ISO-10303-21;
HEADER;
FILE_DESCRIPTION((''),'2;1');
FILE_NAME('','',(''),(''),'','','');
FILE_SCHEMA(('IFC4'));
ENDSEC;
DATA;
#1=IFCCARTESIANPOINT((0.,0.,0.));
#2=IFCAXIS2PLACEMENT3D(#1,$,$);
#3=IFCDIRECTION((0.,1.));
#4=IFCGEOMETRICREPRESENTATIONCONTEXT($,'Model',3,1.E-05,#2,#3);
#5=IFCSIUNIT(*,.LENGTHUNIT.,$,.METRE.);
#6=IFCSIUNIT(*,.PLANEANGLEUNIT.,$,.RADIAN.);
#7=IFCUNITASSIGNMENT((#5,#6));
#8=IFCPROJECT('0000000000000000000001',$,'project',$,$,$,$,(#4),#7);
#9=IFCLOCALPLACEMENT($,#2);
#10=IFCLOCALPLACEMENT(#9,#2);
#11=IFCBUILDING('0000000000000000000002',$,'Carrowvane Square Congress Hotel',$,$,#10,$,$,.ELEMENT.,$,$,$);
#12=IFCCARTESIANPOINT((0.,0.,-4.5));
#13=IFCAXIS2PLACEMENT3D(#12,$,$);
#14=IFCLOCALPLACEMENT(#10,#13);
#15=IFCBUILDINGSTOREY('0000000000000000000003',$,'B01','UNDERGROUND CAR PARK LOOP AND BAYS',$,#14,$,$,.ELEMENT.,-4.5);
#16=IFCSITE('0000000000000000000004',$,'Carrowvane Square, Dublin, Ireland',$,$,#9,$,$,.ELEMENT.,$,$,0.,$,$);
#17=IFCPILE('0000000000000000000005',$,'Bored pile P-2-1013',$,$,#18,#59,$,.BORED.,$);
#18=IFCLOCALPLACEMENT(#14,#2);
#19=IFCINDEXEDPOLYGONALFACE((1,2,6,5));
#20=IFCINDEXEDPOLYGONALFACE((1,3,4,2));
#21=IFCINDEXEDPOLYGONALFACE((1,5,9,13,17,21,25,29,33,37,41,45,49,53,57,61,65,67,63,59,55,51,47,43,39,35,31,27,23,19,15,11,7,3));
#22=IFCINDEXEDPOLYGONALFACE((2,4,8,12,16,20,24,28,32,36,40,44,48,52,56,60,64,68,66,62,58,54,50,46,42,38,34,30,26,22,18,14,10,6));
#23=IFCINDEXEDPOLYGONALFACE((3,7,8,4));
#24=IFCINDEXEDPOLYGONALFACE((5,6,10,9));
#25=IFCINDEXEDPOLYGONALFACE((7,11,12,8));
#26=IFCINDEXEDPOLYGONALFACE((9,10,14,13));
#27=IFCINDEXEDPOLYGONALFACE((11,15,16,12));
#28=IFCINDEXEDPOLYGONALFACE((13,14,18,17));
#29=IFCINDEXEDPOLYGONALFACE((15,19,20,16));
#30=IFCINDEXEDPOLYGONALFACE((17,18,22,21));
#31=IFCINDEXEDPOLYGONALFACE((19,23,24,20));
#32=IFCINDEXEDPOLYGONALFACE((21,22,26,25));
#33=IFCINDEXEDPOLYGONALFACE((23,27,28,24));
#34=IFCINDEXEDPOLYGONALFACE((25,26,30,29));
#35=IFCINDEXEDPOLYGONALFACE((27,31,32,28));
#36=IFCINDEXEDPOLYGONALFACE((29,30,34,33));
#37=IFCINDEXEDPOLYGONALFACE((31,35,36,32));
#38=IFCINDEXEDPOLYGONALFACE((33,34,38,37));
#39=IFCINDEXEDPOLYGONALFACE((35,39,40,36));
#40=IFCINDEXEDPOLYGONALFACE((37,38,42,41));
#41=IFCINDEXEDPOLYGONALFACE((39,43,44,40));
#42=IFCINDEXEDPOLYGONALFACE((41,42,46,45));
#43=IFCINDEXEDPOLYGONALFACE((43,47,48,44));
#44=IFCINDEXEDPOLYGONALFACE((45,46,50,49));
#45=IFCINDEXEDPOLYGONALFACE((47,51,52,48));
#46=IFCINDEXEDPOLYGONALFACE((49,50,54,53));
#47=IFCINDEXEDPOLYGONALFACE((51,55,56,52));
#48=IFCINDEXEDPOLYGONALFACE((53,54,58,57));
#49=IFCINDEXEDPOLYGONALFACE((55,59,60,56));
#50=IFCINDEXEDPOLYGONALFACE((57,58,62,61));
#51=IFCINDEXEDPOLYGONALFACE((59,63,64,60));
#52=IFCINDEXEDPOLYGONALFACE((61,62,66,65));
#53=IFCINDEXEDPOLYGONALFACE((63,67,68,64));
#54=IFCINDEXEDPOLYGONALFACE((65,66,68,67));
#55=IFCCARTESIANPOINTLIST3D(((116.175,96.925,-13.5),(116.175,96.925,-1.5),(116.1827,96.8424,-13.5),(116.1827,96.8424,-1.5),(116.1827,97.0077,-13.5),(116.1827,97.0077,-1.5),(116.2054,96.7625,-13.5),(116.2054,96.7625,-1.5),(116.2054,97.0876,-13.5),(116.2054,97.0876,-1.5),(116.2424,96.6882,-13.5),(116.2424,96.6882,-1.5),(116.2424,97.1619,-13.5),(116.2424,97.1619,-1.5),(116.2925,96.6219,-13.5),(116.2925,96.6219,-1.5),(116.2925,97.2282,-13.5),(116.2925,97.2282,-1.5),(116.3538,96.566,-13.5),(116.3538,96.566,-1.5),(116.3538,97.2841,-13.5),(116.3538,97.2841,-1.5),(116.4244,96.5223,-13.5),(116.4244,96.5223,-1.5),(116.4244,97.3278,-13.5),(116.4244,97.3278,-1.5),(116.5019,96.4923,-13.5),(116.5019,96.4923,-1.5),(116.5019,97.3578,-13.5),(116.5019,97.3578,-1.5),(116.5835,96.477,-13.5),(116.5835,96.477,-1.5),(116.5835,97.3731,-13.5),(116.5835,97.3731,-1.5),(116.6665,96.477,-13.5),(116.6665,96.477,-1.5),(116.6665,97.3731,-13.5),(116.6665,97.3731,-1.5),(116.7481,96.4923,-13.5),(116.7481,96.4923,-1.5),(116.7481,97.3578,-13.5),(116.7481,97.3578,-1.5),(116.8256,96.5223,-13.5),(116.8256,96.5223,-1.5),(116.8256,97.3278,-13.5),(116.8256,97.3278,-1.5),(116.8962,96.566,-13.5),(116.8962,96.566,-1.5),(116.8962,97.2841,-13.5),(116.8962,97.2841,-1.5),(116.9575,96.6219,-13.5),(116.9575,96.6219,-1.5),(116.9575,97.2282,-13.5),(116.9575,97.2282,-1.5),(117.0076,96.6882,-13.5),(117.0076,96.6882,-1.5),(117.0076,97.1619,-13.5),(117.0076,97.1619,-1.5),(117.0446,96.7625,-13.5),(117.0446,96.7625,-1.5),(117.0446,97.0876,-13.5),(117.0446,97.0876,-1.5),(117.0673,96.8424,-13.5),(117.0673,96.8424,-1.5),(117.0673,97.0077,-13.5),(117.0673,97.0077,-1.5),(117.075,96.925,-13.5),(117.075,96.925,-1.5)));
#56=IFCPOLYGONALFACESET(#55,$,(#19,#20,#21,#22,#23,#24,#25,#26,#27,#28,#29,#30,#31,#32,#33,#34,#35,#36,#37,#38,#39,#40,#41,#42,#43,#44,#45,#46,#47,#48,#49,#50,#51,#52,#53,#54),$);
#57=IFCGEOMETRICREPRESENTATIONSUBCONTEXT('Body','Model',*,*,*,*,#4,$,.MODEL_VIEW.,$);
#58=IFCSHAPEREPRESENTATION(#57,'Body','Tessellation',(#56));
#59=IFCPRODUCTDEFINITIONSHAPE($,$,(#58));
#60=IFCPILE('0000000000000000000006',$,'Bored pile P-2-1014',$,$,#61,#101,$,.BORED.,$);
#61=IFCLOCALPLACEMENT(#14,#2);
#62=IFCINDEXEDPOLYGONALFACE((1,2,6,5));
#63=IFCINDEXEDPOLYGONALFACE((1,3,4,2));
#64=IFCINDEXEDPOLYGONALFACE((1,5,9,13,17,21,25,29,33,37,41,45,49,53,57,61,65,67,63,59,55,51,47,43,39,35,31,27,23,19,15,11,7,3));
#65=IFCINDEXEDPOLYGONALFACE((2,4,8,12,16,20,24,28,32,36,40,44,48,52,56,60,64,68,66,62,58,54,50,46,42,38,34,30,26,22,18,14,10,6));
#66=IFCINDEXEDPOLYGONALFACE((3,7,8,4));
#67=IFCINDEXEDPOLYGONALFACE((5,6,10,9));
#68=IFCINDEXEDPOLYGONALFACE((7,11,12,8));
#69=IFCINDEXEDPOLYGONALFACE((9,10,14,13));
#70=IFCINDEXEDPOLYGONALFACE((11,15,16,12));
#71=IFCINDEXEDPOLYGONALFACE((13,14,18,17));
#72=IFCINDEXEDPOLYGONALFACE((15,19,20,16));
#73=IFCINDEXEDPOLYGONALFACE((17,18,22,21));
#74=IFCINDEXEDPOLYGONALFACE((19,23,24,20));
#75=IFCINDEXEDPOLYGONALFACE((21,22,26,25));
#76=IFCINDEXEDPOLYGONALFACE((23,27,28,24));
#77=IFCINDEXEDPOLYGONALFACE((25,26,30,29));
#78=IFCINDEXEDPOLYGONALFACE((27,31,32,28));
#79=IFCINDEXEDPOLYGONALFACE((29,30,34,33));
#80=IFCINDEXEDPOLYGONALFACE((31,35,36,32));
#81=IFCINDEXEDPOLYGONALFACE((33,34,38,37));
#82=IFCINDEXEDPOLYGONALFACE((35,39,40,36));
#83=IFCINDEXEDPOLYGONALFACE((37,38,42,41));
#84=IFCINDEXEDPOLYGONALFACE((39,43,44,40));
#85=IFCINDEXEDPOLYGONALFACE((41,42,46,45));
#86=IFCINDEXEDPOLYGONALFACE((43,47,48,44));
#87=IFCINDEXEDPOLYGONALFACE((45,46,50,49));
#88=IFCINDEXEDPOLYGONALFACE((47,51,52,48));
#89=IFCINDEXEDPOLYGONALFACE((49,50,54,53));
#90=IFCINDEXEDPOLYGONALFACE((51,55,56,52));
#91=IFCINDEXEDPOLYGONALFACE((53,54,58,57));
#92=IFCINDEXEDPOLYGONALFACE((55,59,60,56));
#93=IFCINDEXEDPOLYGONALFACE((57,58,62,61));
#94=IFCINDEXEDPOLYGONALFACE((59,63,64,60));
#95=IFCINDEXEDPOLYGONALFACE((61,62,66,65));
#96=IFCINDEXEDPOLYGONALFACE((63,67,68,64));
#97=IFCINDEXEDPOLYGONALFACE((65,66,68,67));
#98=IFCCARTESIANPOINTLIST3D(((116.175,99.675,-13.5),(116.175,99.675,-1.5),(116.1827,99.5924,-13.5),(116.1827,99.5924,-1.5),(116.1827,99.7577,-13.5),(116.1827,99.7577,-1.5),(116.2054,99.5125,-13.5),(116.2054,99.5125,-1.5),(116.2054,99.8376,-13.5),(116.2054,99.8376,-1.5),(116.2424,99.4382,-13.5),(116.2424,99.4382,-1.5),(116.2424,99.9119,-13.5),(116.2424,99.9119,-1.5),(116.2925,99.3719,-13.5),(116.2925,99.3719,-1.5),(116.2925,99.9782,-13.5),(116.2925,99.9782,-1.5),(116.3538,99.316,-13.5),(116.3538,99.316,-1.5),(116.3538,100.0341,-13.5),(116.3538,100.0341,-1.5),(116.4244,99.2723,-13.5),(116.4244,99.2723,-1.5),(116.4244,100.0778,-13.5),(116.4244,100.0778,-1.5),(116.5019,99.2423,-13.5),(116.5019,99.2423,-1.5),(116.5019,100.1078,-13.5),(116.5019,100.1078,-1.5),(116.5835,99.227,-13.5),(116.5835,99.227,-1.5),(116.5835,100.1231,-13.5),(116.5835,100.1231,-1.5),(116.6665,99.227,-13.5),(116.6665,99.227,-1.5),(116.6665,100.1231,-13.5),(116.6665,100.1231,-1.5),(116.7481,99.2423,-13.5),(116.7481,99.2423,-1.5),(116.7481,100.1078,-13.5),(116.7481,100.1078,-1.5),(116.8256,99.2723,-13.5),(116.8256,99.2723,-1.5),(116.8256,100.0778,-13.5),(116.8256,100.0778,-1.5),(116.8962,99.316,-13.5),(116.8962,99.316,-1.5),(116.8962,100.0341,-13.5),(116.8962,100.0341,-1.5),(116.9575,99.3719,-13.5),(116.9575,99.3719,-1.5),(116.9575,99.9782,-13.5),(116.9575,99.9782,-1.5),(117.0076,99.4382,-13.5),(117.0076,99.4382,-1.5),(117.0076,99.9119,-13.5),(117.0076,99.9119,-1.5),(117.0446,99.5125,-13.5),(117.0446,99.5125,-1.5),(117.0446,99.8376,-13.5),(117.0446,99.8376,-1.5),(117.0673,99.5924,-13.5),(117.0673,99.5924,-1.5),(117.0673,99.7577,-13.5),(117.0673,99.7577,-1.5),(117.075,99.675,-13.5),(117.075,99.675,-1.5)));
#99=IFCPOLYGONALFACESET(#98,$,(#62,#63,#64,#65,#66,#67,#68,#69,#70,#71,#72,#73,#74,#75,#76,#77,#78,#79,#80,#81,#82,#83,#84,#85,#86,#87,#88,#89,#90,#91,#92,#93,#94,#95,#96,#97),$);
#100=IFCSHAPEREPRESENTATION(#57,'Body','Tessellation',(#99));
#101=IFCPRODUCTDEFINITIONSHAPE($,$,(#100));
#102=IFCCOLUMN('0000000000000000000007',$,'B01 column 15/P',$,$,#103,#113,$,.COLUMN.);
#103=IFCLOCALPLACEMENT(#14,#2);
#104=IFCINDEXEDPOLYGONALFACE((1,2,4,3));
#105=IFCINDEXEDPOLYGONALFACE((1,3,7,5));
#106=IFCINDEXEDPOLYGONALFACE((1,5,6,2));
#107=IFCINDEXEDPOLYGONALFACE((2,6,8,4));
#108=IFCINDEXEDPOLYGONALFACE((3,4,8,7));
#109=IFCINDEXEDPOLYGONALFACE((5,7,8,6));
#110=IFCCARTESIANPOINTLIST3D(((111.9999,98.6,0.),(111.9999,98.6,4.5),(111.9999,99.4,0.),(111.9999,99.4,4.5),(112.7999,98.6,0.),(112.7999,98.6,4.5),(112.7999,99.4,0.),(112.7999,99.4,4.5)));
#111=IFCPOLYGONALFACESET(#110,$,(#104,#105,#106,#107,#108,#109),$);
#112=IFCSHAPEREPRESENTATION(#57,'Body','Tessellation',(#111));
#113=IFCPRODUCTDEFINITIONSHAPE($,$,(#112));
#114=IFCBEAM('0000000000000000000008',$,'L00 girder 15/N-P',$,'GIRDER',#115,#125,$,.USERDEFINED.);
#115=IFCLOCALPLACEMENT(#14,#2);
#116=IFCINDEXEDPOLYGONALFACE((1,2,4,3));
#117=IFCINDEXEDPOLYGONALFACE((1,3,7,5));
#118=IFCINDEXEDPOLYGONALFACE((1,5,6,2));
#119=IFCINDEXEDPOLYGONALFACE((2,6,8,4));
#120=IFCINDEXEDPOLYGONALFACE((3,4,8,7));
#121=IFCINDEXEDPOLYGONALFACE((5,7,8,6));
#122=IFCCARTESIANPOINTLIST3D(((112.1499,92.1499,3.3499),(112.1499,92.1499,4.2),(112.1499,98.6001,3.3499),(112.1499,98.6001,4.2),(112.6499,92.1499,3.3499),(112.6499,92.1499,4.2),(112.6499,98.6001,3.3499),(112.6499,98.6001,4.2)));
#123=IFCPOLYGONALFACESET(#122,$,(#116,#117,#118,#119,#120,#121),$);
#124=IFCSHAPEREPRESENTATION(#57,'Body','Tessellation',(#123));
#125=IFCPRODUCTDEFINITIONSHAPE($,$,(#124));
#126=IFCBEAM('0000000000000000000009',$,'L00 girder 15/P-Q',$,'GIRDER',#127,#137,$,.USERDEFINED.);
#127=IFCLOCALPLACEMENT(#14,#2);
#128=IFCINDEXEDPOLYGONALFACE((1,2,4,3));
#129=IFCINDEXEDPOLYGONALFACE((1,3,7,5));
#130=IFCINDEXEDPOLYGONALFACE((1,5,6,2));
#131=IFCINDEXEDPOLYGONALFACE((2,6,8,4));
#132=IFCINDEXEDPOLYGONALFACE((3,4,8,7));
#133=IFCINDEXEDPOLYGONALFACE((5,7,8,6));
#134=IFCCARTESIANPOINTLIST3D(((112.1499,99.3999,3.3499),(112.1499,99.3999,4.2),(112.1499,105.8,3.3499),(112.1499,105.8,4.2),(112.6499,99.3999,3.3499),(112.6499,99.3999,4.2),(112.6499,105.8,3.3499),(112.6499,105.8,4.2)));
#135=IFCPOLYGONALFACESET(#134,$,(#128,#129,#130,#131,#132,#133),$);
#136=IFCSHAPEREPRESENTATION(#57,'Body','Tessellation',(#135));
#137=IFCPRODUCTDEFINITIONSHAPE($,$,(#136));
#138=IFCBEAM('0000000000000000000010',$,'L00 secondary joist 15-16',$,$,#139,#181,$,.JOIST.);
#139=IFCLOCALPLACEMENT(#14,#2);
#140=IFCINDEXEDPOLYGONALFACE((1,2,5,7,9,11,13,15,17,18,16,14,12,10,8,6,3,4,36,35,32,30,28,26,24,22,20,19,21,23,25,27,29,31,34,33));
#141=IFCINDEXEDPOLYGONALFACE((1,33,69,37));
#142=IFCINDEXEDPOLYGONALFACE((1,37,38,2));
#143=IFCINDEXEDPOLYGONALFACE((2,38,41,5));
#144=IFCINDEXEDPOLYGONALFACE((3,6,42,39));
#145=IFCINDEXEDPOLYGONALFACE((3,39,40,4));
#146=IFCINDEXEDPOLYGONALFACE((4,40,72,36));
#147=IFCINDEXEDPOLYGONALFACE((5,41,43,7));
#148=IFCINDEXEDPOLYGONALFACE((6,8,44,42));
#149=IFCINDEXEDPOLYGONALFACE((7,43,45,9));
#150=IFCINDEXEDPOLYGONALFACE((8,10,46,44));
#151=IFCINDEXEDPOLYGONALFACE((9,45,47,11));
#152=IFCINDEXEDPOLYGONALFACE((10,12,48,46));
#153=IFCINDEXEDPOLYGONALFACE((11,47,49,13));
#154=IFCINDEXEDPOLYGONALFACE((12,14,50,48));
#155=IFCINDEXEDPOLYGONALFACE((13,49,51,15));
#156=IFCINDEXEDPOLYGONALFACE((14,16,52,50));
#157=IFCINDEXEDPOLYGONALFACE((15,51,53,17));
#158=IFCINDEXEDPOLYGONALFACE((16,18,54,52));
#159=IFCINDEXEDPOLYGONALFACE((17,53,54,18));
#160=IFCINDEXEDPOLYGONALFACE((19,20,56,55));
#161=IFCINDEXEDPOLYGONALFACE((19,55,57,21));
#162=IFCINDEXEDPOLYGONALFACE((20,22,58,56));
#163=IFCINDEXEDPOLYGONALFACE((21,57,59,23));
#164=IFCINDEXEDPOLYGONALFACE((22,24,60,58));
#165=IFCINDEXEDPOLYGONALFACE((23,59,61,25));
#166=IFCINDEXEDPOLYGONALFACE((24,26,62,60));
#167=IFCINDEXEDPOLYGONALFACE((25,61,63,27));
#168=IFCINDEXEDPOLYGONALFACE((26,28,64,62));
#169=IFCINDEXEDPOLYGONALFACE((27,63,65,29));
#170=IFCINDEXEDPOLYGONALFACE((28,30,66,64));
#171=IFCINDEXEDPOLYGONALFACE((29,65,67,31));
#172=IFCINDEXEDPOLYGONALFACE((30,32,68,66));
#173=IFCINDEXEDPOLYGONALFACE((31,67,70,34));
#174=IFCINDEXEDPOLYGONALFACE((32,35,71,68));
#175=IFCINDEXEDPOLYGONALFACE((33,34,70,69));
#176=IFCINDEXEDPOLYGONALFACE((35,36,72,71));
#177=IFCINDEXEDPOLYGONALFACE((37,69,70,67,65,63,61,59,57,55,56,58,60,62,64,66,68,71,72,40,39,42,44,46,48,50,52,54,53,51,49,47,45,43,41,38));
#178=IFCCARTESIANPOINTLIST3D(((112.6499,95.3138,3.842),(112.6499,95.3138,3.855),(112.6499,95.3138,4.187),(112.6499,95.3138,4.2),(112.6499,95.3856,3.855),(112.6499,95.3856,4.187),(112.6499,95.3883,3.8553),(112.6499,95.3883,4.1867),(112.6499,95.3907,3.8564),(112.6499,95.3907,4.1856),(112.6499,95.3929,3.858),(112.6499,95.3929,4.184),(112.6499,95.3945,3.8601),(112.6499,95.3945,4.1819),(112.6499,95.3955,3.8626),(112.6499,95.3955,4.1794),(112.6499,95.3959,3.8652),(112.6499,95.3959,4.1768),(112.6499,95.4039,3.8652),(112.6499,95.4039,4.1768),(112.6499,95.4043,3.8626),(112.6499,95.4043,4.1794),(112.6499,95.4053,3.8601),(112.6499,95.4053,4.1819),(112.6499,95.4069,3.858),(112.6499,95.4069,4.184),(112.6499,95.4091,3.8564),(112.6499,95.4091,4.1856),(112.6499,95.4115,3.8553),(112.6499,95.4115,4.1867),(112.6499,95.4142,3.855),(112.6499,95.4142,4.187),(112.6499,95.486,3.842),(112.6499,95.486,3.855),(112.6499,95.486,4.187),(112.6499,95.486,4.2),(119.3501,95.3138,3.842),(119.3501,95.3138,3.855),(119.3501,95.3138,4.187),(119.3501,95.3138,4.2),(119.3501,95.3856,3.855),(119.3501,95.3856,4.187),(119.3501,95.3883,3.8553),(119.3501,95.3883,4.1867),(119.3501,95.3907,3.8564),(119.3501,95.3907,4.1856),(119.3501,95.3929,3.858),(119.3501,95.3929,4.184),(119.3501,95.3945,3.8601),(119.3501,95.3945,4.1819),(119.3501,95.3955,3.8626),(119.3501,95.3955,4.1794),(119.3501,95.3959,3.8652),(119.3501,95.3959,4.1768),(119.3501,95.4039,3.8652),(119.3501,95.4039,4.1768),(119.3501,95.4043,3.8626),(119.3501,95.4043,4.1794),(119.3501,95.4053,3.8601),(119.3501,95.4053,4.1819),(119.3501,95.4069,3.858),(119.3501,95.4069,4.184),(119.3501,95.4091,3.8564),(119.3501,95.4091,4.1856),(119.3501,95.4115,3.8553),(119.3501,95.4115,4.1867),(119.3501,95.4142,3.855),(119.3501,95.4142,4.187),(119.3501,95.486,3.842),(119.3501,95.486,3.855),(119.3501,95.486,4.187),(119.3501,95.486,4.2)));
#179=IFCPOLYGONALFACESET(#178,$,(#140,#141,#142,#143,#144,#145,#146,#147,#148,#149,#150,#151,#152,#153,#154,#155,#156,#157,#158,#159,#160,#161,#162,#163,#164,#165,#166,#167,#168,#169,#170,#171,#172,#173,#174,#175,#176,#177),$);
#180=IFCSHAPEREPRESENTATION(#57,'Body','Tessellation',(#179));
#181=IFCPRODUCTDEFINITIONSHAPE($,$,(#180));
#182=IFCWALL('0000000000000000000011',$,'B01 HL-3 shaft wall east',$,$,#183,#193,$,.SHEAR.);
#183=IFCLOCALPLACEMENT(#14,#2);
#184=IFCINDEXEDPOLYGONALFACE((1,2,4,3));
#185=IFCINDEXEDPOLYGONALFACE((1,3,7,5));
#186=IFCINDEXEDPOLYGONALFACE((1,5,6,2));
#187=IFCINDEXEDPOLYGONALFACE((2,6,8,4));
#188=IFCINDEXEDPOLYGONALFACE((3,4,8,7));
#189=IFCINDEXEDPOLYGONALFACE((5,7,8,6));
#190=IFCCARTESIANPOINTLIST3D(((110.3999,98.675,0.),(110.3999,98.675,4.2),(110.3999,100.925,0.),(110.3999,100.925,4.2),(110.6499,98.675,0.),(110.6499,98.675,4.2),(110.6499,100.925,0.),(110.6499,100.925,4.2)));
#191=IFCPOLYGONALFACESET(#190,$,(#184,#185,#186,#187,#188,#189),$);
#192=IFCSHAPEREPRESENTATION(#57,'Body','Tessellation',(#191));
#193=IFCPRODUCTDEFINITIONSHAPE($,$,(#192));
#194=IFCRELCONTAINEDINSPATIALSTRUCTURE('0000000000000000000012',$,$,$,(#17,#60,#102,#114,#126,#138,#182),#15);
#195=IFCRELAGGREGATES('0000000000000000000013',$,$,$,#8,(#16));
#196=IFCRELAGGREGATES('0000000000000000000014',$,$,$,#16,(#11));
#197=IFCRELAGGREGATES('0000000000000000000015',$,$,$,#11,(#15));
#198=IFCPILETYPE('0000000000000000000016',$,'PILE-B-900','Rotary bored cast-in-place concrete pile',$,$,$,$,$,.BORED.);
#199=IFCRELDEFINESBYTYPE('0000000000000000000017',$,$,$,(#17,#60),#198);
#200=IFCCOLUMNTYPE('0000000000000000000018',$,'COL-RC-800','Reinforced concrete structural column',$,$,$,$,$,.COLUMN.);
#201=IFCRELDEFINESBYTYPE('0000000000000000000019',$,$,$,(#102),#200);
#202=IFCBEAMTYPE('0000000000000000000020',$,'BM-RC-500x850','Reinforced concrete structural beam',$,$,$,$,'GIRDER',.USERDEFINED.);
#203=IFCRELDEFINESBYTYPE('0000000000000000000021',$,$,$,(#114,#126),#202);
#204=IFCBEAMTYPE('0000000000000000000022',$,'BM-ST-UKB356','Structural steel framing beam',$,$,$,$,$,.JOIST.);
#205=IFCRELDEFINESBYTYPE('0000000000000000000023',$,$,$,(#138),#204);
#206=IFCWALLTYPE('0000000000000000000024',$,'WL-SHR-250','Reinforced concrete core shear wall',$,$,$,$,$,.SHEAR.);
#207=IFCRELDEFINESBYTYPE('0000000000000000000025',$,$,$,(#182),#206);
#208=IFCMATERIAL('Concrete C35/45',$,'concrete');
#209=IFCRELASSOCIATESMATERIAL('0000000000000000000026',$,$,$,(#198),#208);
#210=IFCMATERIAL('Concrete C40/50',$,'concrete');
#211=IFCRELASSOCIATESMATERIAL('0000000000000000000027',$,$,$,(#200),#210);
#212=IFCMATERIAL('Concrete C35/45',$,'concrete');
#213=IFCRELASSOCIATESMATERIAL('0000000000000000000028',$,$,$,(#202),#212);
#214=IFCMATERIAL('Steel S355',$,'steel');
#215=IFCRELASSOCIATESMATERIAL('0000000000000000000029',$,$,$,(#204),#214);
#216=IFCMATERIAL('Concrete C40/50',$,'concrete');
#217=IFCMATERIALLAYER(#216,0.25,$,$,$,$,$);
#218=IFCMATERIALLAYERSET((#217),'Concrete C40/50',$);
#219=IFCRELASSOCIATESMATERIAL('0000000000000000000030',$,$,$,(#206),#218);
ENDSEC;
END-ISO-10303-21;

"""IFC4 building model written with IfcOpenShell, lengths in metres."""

from ifc_helpers import new_model, si_unit, direction, frame, frame_2d, origin, origin_2d, place, context, subcontext, project, spatial, rectangle, circle, i_section, extrude, material, layer, layer_set, material_profile, profile_set, type_object, element, save


model = new_model("IFC4")

# Units and contexts
model_context = context("Model", 3, precision=1e-05, world=origin(), true_north=direction((0.0, 1.0)))
body_context = subcontext(model_context, "Body", "Model", "MODEL_VIEW")
ifc_project = project(units=[si_unit("LENGTHUNIT", "METRE"), si_unit("PLANEANGLEUNIT", "RADIAN")], contexts=[model_context])

# Site, building, storey
site_placement = place(None, origin())
site = spatial("IfcSite", under=ifc_project, at=site_placement, Name="Carrowvane Square, Dublin, Ireland", CompositionType="ELEMENT", RefElevation=0.0)
building_placement = place(site_placement, origin())
building = spatial("IfcBuilding", under=site, at=building_placement, Name="Carrowvane Square Congress Hotel", CompositionType="ELEMENT")
storey_placement = place(building_placement, frame((0.0, 0.0, -4.5)))
storey = spatial("IfcBuildingStorey", under=building, at=storey_placement, Name="B01", Description="UNDERGROUND CAR PARK LOOP AND BAYS", CompositionType="ELEMENT", Elevation=-4.5)

# Piles
ifc_material_1 = material(Name="Concrete C35/45", Category="concrete")
ifc_material_profile_1 = material_profile(ifc_material_1, circle(Radius=0.45, at=origin_2d()), Name="PILE D900")
ifc_profile_set_1 = profile_set([ifc_material_profile_1], Name="Concrete C35/45")
pile_type = type_object("IfcPileType", Name="PILE-B-900", Description="Rotary bored cast-in-place concrete pile", PredefinedType="BORED", material=ifc_profile_set_1)
for number, where, z_axis, x_axis, name in (
    (1, (116.625, 96.925, -1.5), (0.0, 0.0, -1.0), (1.0, 0.0, 0.0), "Bored pile P-2-1013"),
    (2, (116.625, 99.675, -1.5), (0.0, 0.0, -1.0), (1.0, 0.0, 0.0), "Bored pile P-2-1014"),
):
    element("IfcPile", number, at=place(storey_placement, frame(where, z_axis=z_axis, x_axis=x_axis)), inside=storey, type_object=pile_type, Name=name, PredefinedType="BORED", context=body_context, shape_type="SweptSolid", body=[
        extrude(circle(Radius=0.45, at=origin_2d()), origin(), (0.0, 0.0, 1.0), 12.0),
    ])

# Column
ifc_material_2 = material(Name="Concrete C40/50", Category="concrete")
ifc_material_profile_2 = material_profile(ifc_material_2, rectangle(XDim=0.8, YDim=0.8, at=origin_2d()), Name="RC 800x800")
ifc_profile_set_2 = profile_set([ifc_material_profile_2], Name="Concrete C40/50")
column_type = type_object("IfcColumnType", Name="COL-RC-800", Description="Reinforced concrete structural column", PredefinedType="COLUMN", material=ifc_profile_set_2)
column_placement = place(storey_placement, frame((112.3999, 99.0, 0.0), z_axis=(0.0, 0.0, 1.0), x_axis=(1.0, 0.0, 0.0)))
element("IfcColumn", 3, at=column_placement, inside=storey, type_object=column_type, Name="B01 column 15/P", PredefinedType="COLUMN", context=body_context, shape_type="SweptSolid", body=[
    extrude(rectangle(XDim=0.8, YDim=0.8, at=origin_2d()), origin(), (0.0, 0.0, 1.0), 4.5),
])

# Beams
ifc_material_3 = material(Name="Concrete C35/45", Category="concrete")
ifc_material_profile_3 = material_profile(ifc_material_3, rectangle(XDim=0.5, YDim=0.8501, at=origin_2d()), Name="RC 500x850")
ifc_profile_set_3 = profile_set([ifc_material_profile_3], Name="Concrete C35/45")
beam_type_1 = type_object("IfcBeamType", Name="BM-RC-500x850", Description="Reinforced concrete structural beam", ElementType="GIRDER", PredefinedType="USERDEFINED", material=ifc_profile_set_3)
beam_1_placement = place(storey_placement, frame((112.3999, 92.1499, 3.7749), z_axis=(0.0, 1.0, 0.0), x_axis=(-1.0, 0.0, 0.0)))
element("IfcBeam", 4, at=beam_1_placement, inside=storey, type_object=beam_type_1, Name="L00 girder 15/N-P", ObjectType="GIRDER", PredefinedType="USERDEFINED", context=body_context, shape_type="SweptSolid", body=[
    extrude(rectangle(XDim=0.5, YDim=0.8501, at=origin_2d()), origin(), (0.0, 0.0, 1.0), 6.4502),
])
beam_2_placement = place(storey_placement, frame((112.3999, 99.3999, 3.7749), z_axis=(0.0, 1.0, 0.0), x_axis=(-1.0, 0.0, 0.0)))
element("IfcBeam", 5, at=beam_2_placement, inside=storey, type_object=beam_type_1, Name="L00 girder 15/P-Q", ObjectType="GIRDER", PredefinedType="USERDEFINED", context=body_context, shape_type="SweptSolid", body=[
    extrude(rectangle(XDim=0.5, YDim=0.8501, at=origin_2d()), origin(), (0.0, 0.0, 1.0), 6.4001),
])
ifc_material_4 = material(Name="Steel S355", Category="steel")
ifc_material_profile_4 = material_profile(ifc_material_4, i_section(OverallWidth=0.1721, OverallDepth=0.3579, WebThickness=0.0081, FlangeThickness=0.0129, FilletRadius=0.0103, at=origin_2d()), Name="UKB 356x171x57")
ifc_profile_set_4 = profile_set([ifc_material_profile_4], Name="Steel S355")
beam_type_2 = type_object("IfcBeamType", Name="BM-ST-UKB356", Description="Structural steel framing beam", PredefinedType="JOIST", material=ifc_profile_set_4)
beam_3_placement = place(storey_placement, frame((112.6499, 95.3999, 4.021), z_axis=(1.0, 0.0, 0.0), x_axis=(0.0, 1.0, 0.0)))
element("IfcBeam", 6, at=beam_3_placement, inside=storey, type_object=beam_type_2, Name="L00 secondary joist 15-16", PredefinedType="JOIST", context=body_context, shape_type="SweptSolid", body=[
    extrude(i_section(OverallWidth=0.1721, OverallDepth=0.3579, WebThickness=0.0081, FlangeThickness=0.0129, FilletRadius=0.0103, at=origin_2d()), origin(), (0.0, 0.0, 1.0), 6.7002),
])

# Wall
ifc_material_5 = material(Name="Concrete C40/50", Category="concrete")
ifc_layer = layer(ifc_material_5, 0.25)
ifc_layer_set = layer_set([ifc_layer], Name="Concrete C40/50")
wall_type = type_object("IfcWallType", Name="WL-SHR-250", Description="Reinforced concrete core shear wall", PredefinedType="SHEAR", material=ifc_layer_set)
wall_1_placement = place(storey_placement, frame((110.5249, 98.675, 0.0), z_axis=(0.0, 0.0, 1.0), x_axis=(0.0, 1.0, 0.0)))
element("IfcWall", 7, at=wall_1_placement, inside=storey, type_object=wall_type, Name="B01 HL-3 shaft wall east", PredefinedType="SHEAR", context=body_context, shape_type="SweptSolid", body=[
    extrude(rectangle(XDim=2.25, YDim=0.25, at=frame_2d((1.125, 0.0))), origin(), (0.0, 0.0, 1.0), 4.2),
])

save(model, "model.ifc")
